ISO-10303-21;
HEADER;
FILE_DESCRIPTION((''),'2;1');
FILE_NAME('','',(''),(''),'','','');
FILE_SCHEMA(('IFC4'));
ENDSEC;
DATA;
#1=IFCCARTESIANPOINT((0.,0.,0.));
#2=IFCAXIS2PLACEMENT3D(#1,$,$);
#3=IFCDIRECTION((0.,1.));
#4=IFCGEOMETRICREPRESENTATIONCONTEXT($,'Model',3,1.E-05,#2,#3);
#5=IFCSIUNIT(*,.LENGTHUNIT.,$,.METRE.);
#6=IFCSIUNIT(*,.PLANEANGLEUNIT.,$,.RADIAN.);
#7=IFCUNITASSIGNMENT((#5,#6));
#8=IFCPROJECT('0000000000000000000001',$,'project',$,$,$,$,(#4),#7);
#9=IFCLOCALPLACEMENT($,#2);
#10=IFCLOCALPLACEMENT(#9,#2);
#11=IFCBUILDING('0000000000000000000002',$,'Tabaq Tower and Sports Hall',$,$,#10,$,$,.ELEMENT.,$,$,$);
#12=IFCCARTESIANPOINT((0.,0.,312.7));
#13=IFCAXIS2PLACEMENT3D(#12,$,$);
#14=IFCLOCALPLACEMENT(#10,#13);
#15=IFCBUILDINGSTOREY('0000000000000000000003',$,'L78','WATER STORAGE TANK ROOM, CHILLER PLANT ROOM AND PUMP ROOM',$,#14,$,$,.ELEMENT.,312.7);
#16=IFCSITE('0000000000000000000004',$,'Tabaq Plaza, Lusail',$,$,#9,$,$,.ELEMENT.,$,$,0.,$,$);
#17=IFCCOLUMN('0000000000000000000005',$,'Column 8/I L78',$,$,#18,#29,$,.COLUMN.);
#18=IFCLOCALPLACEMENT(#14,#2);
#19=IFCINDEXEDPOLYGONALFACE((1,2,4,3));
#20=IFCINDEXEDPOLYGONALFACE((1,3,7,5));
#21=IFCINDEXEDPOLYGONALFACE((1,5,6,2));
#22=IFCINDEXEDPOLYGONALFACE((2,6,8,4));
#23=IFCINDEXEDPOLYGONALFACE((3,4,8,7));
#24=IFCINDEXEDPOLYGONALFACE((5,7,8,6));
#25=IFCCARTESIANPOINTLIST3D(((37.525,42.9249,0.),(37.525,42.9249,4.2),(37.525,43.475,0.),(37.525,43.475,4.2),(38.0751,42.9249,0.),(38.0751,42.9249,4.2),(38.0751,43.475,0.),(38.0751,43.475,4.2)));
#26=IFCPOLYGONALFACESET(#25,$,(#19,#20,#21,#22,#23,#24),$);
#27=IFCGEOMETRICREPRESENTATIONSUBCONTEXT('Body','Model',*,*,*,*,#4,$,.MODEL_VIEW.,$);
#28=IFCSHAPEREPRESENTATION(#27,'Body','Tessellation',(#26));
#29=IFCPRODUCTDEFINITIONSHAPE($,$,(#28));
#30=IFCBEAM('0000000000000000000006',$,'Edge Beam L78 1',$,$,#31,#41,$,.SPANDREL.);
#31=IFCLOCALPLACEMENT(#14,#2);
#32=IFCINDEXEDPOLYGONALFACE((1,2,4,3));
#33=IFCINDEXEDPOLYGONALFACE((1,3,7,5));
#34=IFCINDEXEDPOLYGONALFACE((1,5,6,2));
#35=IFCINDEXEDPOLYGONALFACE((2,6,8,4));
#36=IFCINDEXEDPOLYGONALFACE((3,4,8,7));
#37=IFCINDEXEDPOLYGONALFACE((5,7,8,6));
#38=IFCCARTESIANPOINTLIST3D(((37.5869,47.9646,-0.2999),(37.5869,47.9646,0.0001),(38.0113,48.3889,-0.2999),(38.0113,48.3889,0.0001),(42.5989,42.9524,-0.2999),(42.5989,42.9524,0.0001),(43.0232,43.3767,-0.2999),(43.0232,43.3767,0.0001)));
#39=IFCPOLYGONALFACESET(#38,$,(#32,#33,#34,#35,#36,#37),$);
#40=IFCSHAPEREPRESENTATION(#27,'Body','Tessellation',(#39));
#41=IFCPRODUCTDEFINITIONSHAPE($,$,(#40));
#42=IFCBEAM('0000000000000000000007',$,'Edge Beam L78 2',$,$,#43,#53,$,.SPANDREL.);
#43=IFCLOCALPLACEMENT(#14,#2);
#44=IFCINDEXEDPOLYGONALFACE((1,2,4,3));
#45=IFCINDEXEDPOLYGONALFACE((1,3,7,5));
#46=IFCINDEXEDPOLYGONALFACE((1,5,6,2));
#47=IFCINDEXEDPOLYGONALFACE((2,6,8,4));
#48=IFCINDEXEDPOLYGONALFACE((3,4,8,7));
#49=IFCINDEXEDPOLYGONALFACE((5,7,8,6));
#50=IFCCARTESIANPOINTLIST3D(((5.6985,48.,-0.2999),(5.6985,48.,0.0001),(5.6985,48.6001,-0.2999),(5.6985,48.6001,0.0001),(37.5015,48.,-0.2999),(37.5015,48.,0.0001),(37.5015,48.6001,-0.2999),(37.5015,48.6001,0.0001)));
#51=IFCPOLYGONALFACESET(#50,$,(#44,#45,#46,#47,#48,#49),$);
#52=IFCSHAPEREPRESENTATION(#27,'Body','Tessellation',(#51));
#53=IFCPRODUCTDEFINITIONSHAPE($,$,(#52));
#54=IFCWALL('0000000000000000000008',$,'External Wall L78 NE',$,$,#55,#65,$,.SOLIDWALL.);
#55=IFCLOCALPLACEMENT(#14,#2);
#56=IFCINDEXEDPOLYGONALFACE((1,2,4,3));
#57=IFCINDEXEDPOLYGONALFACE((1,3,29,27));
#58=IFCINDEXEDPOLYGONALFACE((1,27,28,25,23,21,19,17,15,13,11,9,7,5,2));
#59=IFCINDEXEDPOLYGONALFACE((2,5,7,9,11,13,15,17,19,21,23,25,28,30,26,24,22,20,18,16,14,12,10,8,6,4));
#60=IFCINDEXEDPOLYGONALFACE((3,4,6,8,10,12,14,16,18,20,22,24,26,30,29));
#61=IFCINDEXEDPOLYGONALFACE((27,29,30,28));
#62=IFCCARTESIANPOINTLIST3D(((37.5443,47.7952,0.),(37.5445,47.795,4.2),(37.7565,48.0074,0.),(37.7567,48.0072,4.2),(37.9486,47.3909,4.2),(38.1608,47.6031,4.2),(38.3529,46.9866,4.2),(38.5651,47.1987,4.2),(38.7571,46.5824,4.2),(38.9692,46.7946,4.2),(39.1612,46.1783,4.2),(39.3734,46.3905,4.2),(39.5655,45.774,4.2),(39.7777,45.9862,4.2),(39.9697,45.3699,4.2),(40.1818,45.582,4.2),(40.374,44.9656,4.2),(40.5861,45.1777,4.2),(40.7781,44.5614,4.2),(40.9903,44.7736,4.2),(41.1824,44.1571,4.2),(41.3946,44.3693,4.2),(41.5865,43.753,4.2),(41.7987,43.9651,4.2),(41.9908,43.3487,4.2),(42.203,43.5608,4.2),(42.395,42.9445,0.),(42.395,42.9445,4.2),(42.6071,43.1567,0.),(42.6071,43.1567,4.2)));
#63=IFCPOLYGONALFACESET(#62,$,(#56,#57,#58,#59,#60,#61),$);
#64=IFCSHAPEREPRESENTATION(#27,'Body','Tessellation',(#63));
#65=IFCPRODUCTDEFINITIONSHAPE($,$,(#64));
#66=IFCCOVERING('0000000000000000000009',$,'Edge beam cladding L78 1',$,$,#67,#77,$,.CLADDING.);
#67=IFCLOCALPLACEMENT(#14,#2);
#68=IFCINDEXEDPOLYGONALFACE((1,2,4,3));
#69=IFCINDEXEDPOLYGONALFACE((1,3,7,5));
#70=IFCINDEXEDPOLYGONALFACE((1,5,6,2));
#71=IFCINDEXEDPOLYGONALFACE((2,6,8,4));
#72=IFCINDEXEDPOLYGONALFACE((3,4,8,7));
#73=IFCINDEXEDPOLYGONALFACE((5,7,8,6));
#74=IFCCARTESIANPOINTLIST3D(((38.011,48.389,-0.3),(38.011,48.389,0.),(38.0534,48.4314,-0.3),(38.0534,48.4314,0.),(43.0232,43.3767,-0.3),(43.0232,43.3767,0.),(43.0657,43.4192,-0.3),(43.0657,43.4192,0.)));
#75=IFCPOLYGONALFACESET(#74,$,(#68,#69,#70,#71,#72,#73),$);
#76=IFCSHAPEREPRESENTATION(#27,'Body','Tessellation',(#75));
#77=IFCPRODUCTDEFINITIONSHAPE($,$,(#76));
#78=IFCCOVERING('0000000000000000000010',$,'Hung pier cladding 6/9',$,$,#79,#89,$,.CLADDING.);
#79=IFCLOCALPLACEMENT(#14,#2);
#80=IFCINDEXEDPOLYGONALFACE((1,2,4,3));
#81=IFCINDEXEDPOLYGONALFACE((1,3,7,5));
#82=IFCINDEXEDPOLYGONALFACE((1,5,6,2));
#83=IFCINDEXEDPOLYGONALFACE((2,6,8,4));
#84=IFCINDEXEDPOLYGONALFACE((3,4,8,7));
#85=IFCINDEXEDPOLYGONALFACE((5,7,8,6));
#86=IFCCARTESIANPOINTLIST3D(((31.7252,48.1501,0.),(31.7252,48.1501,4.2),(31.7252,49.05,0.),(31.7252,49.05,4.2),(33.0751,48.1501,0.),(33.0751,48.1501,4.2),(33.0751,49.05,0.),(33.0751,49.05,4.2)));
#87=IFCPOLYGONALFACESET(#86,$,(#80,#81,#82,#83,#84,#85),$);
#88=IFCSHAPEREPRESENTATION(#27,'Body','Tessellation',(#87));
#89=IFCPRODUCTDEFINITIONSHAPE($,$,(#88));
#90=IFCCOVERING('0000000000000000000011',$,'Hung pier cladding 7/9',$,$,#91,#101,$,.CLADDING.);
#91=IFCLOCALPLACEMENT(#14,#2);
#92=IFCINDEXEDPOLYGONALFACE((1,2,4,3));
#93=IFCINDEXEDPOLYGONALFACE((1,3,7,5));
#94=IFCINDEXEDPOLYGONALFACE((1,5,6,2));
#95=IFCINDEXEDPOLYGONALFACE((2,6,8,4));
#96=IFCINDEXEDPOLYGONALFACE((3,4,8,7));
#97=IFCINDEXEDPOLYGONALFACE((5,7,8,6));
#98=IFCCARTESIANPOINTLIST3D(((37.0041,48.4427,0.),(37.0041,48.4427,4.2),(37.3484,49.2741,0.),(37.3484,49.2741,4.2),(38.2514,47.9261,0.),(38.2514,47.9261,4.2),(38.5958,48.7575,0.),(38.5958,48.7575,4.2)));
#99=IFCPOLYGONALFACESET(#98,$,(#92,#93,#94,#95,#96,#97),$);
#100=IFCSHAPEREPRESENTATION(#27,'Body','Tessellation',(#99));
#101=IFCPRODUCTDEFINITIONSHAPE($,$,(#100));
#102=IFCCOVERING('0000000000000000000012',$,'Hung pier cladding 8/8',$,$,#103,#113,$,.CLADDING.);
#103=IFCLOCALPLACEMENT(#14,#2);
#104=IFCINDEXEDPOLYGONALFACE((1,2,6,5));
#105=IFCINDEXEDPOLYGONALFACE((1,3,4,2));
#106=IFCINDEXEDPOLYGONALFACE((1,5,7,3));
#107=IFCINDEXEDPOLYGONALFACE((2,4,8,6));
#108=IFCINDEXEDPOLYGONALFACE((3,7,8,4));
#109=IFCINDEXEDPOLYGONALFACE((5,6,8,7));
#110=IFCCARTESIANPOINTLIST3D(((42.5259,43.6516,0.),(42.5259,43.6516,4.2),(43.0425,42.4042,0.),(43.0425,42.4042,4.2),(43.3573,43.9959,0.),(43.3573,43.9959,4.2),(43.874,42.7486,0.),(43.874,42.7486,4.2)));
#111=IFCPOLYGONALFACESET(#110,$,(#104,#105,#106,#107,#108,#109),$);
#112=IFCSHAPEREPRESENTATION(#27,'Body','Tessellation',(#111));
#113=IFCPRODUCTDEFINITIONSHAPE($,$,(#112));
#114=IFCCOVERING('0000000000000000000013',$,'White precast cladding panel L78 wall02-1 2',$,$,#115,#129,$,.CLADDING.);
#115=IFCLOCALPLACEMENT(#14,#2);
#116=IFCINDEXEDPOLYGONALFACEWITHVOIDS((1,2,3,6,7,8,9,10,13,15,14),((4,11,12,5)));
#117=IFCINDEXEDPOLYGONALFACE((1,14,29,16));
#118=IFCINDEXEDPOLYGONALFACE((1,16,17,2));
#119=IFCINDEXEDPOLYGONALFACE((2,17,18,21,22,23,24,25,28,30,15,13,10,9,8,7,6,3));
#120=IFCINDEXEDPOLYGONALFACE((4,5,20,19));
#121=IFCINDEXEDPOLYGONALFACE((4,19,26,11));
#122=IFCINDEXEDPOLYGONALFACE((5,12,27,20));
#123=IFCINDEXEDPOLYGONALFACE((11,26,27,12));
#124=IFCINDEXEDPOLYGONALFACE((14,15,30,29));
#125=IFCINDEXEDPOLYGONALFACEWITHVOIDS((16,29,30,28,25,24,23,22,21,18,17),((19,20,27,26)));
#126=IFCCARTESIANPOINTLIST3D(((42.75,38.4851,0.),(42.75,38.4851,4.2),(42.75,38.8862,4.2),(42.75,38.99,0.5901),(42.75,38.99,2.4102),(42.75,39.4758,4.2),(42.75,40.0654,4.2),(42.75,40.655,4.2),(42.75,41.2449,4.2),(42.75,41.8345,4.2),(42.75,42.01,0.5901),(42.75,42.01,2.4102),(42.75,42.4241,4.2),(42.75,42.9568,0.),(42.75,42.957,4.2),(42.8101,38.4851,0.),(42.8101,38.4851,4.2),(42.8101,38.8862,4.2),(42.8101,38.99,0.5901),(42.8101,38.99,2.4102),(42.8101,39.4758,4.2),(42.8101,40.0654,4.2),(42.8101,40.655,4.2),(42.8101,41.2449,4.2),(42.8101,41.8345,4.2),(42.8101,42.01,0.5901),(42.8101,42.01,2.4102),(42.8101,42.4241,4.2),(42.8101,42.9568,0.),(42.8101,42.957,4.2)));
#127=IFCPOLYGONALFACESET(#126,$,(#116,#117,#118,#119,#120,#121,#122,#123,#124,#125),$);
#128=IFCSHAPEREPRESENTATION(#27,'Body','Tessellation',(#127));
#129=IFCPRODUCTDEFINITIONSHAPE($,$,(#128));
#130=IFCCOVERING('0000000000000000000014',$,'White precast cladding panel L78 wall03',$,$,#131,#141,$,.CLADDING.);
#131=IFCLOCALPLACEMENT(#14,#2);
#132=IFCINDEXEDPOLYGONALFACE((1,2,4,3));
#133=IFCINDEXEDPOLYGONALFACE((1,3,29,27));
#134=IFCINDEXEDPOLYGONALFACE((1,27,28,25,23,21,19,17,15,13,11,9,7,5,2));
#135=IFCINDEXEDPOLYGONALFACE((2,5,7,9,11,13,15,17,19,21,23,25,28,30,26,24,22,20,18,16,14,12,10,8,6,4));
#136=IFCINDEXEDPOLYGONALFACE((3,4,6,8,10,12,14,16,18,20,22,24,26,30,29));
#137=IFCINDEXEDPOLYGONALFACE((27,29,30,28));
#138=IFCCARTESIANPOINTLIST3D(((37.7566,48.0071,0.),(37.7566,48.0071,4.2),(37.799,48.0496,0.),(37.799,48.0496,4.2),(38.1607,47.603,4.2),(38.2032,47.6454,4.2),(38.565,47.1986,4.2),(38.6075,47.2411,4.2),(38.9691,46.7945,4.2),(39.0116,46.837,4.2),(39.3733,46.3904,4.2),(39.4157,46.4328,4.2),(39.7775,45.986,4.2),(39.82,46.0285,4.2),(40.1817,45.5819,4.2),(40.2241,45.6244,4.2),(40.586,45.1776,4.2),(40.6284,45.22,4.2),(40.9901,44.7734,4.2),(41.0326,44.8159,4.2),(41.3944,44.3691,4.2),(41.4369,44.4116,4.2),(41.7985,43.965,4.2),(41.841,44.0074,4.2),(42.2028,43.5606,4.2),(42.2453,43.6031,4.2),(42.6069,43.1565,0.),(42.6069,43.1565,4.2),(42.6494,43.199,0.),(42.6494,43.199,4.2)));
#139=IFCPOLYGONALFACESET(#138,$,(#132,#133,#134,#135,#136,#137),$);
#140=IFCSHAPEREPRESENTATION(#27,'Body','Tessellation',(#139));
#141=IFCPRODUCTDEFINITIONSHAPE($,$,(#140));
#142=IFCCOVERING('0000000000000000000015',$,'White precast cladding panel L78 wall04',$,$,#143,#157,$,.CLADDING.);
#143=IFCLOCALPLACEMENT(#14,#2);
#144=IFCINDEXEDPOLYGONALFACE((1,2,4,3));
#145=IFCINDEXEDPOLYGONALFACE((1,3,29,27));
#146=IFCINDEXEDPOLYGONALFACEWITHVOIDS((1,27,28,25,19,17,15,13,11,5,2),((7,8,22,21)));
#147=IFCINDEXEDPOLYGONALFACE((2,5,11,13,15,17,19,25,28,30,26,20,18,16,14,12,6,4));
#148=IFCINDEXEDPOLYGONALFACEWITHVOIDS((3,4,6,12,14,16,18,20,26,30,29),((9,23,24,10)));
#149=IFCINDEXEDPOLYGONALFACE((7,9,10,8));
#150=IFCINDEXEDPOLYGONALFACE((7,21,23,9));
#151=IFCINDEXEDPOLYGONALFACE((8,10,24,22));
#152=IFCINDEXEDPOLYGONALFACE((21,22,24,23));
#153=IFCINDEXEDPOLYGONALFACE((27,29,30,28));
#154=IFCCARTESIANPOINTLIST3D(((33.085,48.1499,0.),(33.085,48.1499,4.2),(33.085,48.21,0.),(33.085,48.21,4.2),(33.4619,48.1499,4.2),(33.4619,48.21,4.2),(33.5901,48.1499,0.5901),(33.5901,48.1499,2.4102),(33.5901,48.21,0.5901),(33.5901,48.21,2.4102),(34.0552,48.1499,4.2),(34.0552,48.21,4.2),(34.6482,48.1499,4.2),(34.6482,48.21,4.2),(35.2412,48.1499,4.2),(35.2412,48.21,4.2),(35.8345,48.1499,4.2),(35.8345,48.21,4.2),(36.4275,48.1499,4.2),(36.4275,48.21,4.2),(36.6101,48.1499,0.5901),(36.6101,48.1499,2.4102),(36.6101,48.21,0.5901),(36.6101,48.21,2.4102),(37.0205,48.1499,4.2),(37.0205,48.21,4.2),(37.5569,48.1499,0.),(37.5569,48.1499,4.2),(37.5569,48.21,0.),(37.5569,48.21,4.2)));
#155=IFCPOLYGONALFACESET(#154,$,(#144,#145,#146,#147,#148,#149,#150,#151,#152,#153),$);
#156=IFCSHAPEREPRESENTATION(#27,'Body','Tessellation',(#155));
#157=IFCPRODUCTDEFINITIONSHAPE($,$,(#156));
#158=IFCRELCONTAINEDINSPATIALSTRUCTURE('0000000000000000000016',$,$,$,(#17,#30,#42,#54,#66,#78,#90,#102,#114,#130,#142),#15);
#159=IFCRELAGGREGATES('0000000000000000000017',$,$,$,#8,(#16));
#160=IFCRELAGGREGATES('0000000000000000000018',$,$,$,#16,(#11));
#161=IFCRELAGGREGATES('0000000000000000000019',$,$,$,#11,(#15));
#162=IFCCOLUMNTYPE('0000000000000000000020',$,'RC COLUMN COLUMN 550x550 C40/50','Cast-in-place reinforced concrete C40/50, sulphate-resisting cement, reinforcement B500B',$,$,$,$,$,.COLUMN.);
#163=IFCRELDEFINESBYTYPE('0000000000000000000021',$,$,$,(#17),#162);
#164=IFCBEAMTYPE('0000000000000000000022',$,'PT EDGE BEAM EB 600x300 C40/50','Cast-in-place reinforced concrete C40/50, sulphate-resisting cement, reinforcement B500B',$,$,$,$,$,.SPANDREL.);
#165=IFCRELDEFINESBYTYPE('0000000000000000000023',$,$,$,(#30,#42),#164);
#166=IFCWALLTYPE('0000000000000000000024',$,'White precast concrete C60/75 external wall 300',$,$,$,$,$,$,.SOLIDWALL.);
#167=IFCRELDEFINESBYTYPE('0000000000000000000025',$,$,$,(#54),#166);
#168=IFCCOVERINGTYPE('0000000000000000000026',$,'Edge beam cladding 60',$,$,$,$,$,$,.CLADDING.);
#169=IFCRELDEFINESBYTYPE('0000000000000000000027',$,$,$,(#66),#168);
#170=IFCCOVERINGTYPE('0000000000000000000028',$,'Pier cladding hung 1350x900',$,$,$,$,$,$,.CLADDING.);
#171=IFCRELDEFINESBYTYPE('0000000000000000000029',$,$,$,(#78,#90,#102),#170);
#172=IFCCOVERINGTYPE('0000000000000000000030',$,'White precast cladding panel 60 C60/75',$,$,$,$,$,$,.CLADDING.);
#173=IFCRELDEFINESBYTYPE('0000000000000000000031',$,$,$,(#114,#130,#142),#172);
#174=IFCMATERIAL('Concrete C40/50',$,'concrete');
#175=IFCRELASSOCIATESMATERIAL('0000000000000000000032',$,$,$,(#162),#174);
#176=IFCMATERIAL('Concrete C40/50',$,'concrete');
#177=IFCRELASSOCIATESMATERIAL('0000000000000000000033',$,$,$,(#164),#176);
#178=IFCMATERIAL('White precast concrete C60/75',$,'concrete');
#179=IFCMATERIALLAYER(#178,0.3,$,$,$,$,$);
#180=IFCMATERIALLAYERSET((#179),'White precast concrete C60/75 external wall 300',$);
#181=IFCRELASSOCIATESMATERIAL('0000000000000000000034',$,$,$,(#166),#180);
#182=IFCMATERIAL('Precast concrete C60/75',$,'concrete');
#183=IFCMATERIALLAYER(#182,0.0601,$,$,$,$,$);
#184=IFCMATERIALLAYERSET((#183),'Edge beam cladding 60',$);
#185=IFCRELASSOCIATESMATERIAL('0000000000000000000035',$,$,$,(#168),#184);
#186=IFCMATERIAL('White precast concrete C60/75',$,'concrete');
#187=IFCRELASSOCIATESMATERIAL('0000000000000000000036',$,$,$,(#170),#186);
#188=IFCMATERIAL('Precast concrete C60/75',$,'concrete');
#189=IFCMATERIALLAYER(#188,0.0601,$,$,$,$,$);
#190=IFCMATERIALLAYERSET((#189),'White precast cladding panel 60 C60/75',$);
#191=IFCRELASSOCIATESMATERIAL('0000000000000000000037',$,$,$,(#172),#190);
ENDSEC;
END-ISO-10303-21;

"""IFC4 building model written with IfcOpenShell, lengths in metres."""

from ifc_helpers import new_model, si_unit, direction, frame, frame_2d, origin, origin_2d, place, context, subcontext, project, spatial, polyline, rectangle, outline, extrude, material, layer, layer_set, material_profile, profile_set, type_object, element, save


model = new_model("IFC4")

# Units and contexts
model_context = context("Model", 3, precision=1e-05, world=origin(), true_north=direction((0.0, 1.0)))
body_context = subcontext(model_context, "Body", "Model", "MODEL_VIEW")
ifc_project = project(units=[si_unit("LENGTHUNIT", "METRE"), si_unit("PLANEANGLEUNIT", "RADIAN")], contexts=[model_context])

# Site, building, storey
site_placement = place(None, origin())
site = spatial("IfcSite", under=ifc_project, at=site_placement, Name="Tabaq Plaza, Lusail", CompositionType="ELEMENT", RefElevation=0.0)
building_placement = place(site_placement, origin())
building = spatial("IfcBuilding", under=site, at=building_placement, Name="Tabaq Tower and Sports Hall", CompositionType="ELEMENT")
storey_placement = place(building_placement, frame((0.0, 0.0, 312.7)))
storey = spatial("IfcBuildingStorey", under=building, at=storey_placement, Name="L78", Description="WATER STORAGE TANK ROOM, CHILLER PLANT ROOM AND PUMP ROOM", CompositionType="ELEMENT", Elevation=312.7)

# Column
ifc_material_1 = material(Name="Concrete C40/50", Category="concrete")
ifc_material_profile_1 = material_profile(ifc_material_1, rectangle(XDim=0.55, YDim=0.55, at=origin_2d()), Name="COLUMN 550x550")
ifc_profile_set_1 = profile_set([ifc_material_profile_1], Name="Concrete C40/50")
column_type = type_object("IfcColumnType", Name="RC COLUMN COLUMN 550x550 C40/50", Description="Cast-in-place reinforced concrete C40/50, sulphate-resisting cement, reinforcement B500B", PredefinedType="COLUMN", material=ifc_profile_set_1)
column_placement = place(storey_placement, frame((37.8, 43.2, 0.0), z_axis=(0.0, 0.0, 1.0), x_axis=(1.0, 0.0, 0.0)))
element("IfcColumn", 1, at=column_placement, inside=storey, type_object=column_type, Name="Column 8/I L78", PredefinedType="COLUMN", context=body_context, shape_type="SweptSolid", body=[
    extrude(rectangle(XDim=0.55, YDim=0.55, at=origin_2d()), origin(), (0.0, 0.0, 1.0), 4.2),
])

# Beams
ifc_material_2 = material(Name="Concrete C40/50", Category="concrete")
ifc_material_profile_2 = material_profile(ifc_material_2, rectangle(XDim=0.6001, YDim=0.3, at=origin_2d()), Name="EB 600x300")
ifc_profile_set_2 = profile_set([ifc_material_profile_2], Name="Concrete C40/50")
beam_type = type_object("IfcBeamType", Name="PT EDGE BEAM EB 600x300 C40/50", Description="Cast-in-place reinforced concrete C40/50, sulphate-resisting cement, reinforcement B500B", PredefinedType="SPANDREL", material=ifc_profile_set_2)
beam_1_placement = place(storey_placement, frame((42.811, 43.1646, -0.1499), z_axis=(-0.70709, 0.707124, 0.0), x_axis=(-0.707124, -0.70709, 0.0)))
element("IfcBeam", 2, at=beam_1_placement, inside=storey, type_object=beam_type, Name="Edge Beam L78 1", PredefinedType="SPANDREL", context=body_context, shape_type="SweptSolid", body=[
    extrude(rectangle(XDim=0.6001, YDim=0.3, at=origin_2d()), origin(), (0.0, 0.0, 1.0), 7.0881),
])
beam_2_placement = place(storey_placement, frame((37.5015, 48.3, -0.1499), z_axis=(-1.0, 0.0, 0.0), x_axis=(0.0, -1.0, 0.0)))
element("IfcBeam", 3, at=beam_2_placement, inside=storey, type_object=beam_type, Name="Edge Beam L78 2", PredefinedType="SPANDREL", context=body_context, shape_type="SweptSolid", body=[
    extrude(rectangle(XDim=0.6001, YDim=0.3, at=origin_2d()), origin(), (0.0, 0.0, 1.0), 31.803),
])

# Wall
ifc_material_3 = material(Name="White precast concrete C60/75", Category="concrete")
ifc_layer_1 = layer(ifc_material_3, 0.3)
ifc_layer_set_1 = layer_set([ifc_layer_1], Name="White precast concrete C60/75 external wall 300")
wall_type_1 = type_object("IfcWallType", Name="White precast concrete C60/75 external wall 300", PredefinedType="SOLIDWALL", material=ifc_layer_set_1)
wall_1_placement = place(storey_placement, frame((42.501, 43.0505, 0.0), z_axis=(0.0, 0.0, 1.0), x_axis=(-0.707107, 0.707107, 0.0)))
element("IfcWall", 4, at=wall_1_placement, inside=storey, type_object=wall_type_1, Name="External Wall L78 NE", PredefinedType="SOLIDWALL", context=body_context, shape_type="SweptSolid", body=[
    extrude(outline(polyline([(0.0, 0.0), (6.8599, 0.0), (6.8596, 4.2), (6.2881, 4.2), (5.7163, 4.2), (5.1448, 4.2), (4.5732, 4.2), (4.0015, 4.2), (3.4299, 4.2), (2.8582, 4.2), (2.2866, 4.2), (1.7148, 4.2), (1.1433, 4.2), (0.5715, 4.2), (0.0, 4.2), (0.0, 0.0)])), frame((0.0, 0.1499, 0.0), z_axis=(0.0, -1.0, 0.0), x_axis=(1.0, 0.0, 0.0)), (0.0, 0.0, 1.0), 0.3),
])

# Coverings
ifc_material_4 = material(Name="Precast concrete C60/75", Category="concrete")
ifc_layer_2 = layer(ifc_material_4, 0.0601)
ifc_layer_set_2 = layer_set([ifc_layer_2], Name="Edge beam cladding 60")
covering_type_1 = type_object("IfcCoveringType", Name="Edge beam cladding 60", PredefinedType="CLADDING", material=ifc_layer_set_2)
covering_1_placement = place(storey_placement, frame((43.0444, 43.3979, -0.3), z_axis=(0.0, 0.0, 1.0), x_axis=(-0.707107, 0.707107, 0.0)))
element("IfcCovering", 5, at=covering_1_placement, inside=storey, type_object=covering_type_1, Name="Edge beam cladding L78 1", PredefinedType="CLADDING", context=body_context, shape_type="SweptSolid", body=[
    extrude(rectangle(XDim=7.0884, YDim=0.0601, at=frame_2d((3.5442, 0.0))), origin(), (0.0, 0.0, 1.0), 0.3),
])
ifc_material_5 = material(Name="White precast concrete C60/75", Category="concrete")
covering_type_2 = type_object("IfcCoveringType", Name="Pier cladding hung 1350x900", PredefinedType="CLADDING", material=ifc_material_5)
covering_2_placement = place(storey_placement, frame((33.075, 48.6001, 0.0), z_axis=(0.0, 0.0, 1.0), x_axis=(-1.0, 0.0, 0.0)))
element("IfcCovering", 6, at=covering_2_placement, inside=storey, type_object=covering_type_2, Name="Hung pier cladding 6/9", PredefinedType="CLADDING", context=body_context, shape_type="SweptSolid", body=[
    extrude(rectangle(XDim=1.3499, YDim=0.8999, at=frame_2d((0.6748, 0.0))), origin(), (0.0, 0.0, 1.0), 4.2),
])
for number, where, z_axis, x_axis, name in (
    (7, (38.4236, 48.3418, 0.0), (0.0, 0.0, 1.0), (-0.923893, 0.38265, 0.0), "Hung pier cladding 7/9"),
    (8, (43.4583, 42.5764, 0.0), (0.0, 0.0, 1.0), (-0.38265, 0.923893, 0.0), "Hung pier cladding 8/8"),
):
    element("IfcCovering", number, at=place(storey_placement, frame(where, z_axis=z_axis, x_axis=x_axis)), inside=storey, type_object=covering_type_2, Name=name, PredefinedType="CLADDING", context=body_context, shape_type="SweptSolid", body=[
        extrude(rectangle(XDim=1.3501, YDim=0.8999, at=frame_2d((0.675, 0.0))), origin(), (0.0, 0.0, 1.0), 4.2),
    ])
ifc_material_6 = material(Name="Precast concrete C60/75", Category="concrete")
ifc_layer_3 = layer(ifc_material_6, 0.0601)
ifc_layer_set_3 = layer_set([ifc_layer_3], Name="White precast cladding panel 60 C60/75")
covering_type_3 = type_object("IfcCoveringType", Name="White precast cladding panel 60 C60/75", PredefinedType="CLADDING", material=ifc_layer_set_3)
covering_3_placement = place(storey_placement, frame((42.78, 38.4851, 0.0), z_axis=(0.0, 0.0, 1.0), x_axis=(0.0, 1.0, 0.0)))
element("IfcCovering", 9, at=covering_3_placement, inside=storey, type_object=covering_type_3, Name="White precast cladding panel L78 wall02-1 2", PredefinedType="CLADDING", context=body_context, shape_type="SweptSolid", body=[
    extrude(outline(polyline([(0.0, 0.0), (4.4717, 0.0), (4.4719, 4.2), (3.939, 4.2), (3.3494, 4.2), (2.7598, 4.2), (2.1699, 4.2), (1.5803, 4.2), (0.9907, 4.2), (0.4011, 4.2), (0.0, 4.2), (0.0, 0.0)]), holes=[polyline([(0.5049, 0.5901), (0.5049, 2.4102), (3.5249, 2.4102), (3.5249, 0.5901), (0.5049, 0.5901)])]), frame((0.0, 0.03, 0.0), z_axis=(0.0, -1.0, 0.0), x_axis=(1.0, 0.0, 0.0)), (0.0, 0.0, 1.0), 0.0601),
])
covering_4_placement = place(storey_placement, frame((42.6282, 43.1777, 0.0), z_axis=(0.0, 0.0, 1.0), x_axis=(-0.707089, 0.707125, 0.0)))
element("IfcCovering", 10, at=covering_4_placement, inside=storey, type_object=covering_type_3, Name="White precast cladding panel L78 wall03", PredefinedType="CLADDING", context=body_context, shape_type="SweptSolid", body=[
    extrude(outline(polyline([(0.0, 0.0), (6.8596, 0.0), (6.8596, 4.2), (6.2881, 4.2), (5.7163, 4.2), (5.1448, 4.2), (4.5732, 4.2), (4.0015, 4.2), (3.4299, 4.2), (2.8582, 4.2), (2.2866, 4.2), (1.7148, 4.2), (1.1433, 4.2), (0.5715, 4.2), (0.0, 4.2), (0.0, 0.0)])), frame((0.0, 0.03, 0.0), z_axis=(0.0, -1.0, 0.0), x_axis=(1.0, 0.0, 0.0)), (0.0, 0.0, 1.0), 0.0601),
])
covering_5_placement = place(storey_placement, frame((37.5569, 48.1799, 0.0), z_axis=(0.0, 0.0, 1.0), x_axis=(-1.0, 0.0, 0.0)))
element("IfcCovering", 11, at=covering_5_placement, inside=storey, type_object=covering_type_3, Name="White precast cladding panel L78 wall04", PredefinedType="CLADDING", context=body_context, shape_type="SweptSolid", body=[
    extrude(outline(polyline([(0.0, 0.0), (4.4719, 0.0), (4.4719, 4.2), (4.095, 4.2), (3.5017, 4.2), (2.9087, 4.2), (2.3157, 4.2), (1.7224, 4.2), (1.1294, 4.2), (0.5364, 4.2), (0.0, 4.2), (0.0, 0.0)]), holes=[polyline([(0.9468, 0.5901), (0.9468, 2.4102), (3.9668, 2.4102), (3.9668, 0.5901), (0.9468, 0.5901)])]), frame((0.0, 0.03, 0.0), z_axis=(0.0, -1.0, 0.0), x_axis=(1.0, 0.0, 0.0)), (0.0, 0.0, 1.0), 0.0601),
])

save(model, "model.ifc")
